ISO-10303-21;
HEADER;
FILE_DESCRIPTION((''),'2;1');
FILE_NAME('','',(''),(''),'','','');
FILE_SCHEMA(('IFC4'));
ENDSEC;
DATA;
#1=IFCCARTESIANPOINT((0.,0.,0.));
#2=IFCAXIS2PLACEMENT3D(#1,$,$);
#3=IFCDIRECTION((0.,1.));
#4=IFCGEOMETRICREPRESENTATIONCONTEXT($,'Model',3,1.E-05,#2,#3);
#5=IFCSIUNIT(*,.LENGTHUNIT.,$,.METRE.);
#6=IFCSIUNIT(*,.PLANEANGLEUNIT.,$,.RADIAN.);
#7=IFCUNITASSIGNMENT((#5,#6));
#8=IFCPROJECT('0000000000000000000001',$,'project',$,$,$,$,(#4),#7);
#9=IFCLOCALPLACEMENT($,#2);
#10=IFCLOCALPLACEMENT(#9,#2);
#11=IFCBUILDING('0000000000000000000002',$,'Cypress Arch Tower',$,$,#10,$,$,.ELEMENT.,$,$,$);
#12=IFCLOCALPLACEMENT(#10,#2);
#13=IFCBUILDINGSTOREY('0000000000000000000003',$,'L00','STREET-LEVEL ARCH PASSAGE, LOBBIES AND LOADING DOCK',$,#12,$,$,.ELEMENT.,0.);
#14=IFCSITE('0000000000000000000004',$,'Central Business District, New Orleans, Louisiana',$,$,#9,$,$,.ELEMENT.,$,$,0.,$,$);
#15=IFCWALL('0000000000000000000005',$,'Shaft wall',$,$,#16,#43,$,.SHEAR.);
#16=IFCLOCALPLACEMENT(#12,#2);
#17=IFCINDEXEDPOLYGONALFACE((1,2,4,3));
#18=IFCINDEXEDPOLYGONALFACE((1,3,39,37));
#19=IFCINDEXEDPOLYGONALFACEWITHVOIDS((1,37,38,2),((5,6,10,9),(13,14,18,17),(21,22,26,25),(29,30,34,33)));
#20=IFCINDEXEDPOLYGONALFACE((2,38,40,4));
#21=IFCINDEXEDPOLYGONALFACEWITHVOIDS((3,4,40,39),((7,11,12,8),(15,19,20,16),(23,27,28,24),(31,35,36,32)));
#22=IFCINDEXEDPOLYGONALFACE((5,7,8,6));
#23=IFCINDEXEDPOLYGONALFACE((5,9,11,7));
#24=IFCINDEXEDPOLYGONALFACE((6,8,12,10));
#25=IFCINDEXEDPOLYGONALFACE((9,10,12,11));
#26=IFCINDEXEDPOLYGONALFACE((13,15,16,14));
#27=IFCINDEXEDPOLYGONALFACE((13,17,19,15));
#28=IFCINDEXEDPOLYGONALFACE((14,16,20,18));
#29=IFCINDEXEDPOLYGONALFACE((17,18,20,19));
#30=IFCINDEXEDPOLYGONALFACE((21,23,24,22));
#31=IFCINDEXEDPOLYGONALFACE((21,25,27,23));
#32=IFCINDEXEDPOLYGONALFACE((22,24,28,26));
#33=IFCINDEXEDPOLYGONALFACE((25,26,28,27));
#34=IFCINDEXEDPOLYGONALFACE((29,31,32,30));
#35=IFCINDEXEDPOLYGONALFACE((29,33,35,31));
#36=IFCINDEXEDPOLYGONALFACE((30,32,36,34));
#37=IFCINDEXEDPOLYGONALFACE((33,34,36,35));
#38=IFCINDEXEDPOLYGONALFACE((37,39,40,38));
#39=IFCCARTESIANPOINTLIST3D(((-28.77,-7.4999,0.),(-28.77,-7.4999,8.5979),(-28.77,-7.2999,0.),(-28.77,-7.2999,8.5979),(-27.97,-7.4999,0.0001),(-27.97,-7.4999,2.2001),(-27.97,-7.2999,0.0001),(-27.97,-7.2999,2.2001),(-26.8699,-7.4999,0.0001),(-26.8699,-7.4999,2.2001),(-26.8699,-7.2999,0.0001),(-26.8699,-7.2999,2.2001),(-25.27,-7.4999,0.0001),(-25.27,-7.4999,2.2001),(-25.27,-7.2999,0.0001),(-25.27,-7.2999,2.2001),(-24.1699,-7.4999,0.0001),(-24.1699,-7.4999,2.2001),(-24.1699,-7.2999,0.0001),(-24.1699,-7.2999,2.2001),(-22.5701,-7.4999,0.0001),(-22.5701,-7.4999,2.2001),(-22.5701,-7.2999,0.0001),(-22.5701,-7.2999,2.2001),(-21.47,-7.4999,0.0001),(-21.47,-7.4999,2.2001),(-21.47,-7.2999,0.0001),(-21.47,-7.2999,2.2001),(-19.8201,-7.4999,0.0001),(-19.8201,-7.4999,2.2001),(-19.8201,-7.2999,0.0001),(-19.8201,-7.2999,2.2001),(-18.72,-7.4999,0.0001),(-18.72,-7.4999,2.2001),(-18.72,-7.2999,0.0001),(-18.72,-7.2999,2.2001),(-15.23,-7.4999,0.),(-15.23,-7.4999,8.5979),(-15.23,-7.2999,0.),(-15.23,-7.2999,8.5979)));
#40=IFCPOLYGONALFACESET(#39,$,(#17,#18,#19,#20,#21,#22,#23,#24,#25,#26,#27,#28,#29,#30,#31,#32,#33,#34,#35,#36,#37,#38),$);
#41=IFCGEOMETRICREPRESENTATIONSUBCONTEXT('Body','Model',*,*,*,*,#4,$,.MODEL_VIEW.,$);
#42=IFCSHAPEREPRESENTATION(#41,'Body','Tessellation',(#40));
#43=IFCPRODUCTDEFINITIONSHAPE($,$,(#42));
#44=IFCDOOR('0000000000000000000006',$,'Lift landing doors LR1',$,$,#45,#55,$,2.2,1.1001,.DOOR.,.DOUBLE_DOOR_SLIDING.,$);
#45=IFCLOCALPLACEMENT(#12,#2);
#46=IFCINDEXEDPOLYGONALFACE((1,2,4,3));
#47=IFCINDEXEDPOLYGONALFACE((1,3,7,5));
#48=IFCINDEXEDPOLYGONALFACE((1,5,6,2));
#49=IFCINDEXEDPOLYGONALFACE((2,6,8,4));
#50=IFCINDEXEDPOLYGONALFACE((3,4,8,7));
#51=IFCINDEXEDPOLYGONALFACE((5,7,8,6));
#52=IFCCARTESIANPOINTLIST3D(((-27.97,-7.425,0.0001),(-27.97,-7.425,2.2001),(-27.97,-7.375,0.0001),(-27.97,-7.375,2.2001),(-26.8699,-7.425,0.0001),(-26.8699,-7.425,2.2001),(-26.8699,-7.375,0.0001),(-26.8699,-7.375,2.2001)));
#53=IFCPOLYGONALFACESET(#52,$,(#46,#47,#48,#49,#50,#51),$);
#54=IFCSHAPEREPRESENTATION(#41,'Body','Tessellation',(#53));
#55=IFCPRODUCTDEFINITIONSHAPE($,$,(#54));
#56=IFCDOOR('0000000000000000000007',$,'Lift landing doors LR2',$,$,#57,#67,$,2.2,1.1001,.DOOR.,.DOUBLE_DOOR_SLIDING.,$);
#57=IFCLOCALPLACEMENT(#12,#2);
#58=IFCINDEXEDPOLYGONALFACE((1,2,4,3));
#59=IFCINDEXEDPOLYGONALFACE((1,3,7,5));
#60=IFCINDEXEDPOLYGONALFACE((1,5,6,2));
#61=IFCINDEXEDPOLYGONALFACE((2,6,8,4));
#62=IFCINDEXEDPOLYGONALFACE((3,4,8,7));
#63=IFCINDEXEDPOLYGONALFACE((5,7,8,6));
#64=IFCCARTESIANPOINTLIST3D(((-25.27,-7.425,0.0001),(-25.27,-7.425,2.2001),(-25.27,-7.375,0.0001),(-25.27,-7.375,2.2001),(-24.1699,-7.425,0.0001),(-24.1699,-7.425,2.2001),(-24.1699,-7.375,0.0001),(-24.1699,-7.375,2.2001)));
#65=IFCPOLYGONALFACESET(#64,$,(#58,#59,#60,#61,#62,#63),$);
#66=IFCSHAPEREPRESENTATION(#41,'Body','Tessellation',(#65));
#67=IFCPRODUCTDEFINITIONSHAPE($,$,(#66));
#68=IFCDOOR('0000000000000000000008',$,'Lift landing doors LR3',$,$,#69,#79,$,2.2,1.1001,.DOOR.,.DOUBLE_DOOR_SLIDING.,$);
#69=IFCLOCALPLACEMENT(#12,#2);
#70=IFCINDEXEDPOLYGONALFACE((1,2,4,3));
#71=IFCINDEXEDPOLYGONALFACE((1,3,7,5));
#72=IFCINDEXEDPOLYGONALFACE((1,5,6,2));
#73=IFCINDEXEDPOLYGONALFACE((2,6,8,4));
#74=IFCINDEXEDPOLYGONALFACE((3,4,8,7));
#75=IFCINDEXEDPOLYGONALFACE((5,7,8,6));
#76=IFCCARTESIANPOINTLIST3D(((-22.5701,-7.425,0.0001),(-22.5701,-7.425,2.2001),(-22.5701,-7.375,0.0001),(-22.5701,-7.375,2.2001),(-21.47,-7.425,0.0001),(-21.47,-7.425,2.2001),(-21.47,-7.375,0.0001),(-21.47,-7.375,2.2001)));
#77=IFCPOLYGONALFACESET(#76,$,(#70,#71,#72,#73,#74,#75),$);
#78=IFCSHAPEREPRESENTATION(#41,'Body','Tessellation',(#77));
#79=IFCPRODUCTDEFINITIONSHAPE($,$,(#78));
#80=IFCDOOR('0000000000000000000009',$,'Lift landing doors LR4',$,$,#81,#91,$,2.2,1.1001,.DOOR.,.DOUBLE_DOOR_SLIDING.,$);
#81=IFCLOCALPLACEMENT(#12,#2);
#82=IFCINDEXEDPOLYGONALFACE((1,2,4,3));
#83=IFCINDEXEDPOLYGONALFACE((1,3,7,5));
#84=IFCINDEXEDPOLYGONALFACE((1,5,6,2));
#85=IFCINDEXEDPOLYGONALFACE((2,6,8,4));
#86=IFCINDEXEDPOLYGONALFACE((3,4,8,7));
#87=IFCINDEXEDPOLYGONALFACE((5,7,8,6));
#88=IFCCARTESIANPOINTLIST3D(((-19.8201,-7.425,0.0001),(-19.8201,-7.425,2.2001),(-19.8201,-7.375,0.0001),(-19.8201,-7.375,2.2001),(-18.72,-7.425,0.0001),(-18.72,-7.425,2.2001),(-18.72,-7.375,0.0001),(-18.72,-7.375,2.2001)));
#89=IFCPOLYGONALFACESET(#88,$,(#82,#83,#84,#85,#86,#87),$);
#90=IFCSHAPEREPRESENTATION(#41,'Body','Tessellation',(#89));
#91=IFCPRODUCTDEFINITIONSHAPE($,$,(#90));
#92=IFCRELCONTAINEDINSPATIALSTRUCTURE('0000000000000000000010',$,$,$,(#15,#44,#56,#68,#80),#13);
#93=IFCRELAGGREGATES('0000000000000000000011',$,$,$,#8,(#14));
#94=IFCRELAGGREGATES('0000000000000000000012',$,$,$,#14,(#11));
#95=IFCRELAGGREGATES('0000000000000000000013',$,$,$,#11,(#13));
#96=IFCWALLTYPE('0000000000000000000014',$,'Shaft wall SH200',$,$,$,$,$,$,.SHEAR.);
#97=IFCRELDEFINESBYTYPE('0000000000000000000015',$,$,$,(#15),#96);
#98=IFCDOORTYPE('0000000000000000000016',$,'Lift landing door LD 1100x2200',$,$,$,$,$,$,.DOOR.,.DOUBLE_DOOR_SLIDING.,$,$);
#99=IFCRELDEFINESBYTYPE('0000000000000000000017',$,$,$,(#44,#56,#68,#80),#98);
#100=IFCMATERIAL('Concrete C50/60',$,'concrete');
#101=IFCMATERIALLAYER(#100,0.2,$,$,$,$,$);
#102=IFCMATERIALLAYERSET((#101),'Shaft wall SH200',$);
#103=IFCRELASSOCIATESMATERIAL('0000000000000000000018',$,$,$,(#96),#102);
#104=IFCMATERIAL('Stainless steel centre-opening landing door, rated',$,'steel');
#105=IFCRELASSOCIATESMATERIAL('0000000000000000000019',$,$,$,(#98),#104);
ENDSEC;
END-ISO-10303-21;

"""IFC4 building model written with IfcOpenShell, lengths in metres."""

from ifc_helpers import new_model, si_unit, direction, frame, frame_2d, origin, place, context, subcontext, project, spatial, rectangle, extrude, material, layer, layer_set, type_object, element, fill, save


model = new_model("IFC4")

# Units and contexts
model_context = context("Model", 3, precision=1e-05, world=origin(), true_north=direction((0.0, 1.0)))
body_context = subcontext(model_context, "Body", "Model", "MODEL_VIEW")
ifc_project = project(units=[si_unit("LENGTHUNIT", "METRE"), si_unit("PLANEANGLEUNIT", "RADIAN")], contexts=[model_context])

# Site, building, storey
site_placement = place(None, origin())
site = spatial("IfcSite", under=ifc_project, at=site_placement, Name="Central Business District, New Orleans, Louisiana", CompositionType="ELEMENT", RefElevation=0.0)
building_placement = place(site_placement, origin())
building = spatial("IfcBuilding", under=site, at=building_placement, Name="Cypress Arch Tower", CompositionType="ELEMENT")
storey_placement = place(building_placement, origin())
storey = spatial("IfcBuildingStorey", under=building, at=storey_placement, Name="L00", Description="STREET-LEVEL ARCH PASSAGE, LOBBIES AND LOADING DOCK", CompositionType="ELEMENT", Elevation=0.0)

# Wall, openings, doors
ifc_material_1 = material(Name="Concrete C50/60", Category="concrete")
ifc_layer_1 = layer(ifc_material_1, 0.2)
ifc_layer_set_1 = layer_set([ifc_layer_1], Name="Shaft wall SH200")
wall_type_1 = type_object("IfcWallType", Name="Shaft wall SH200", PredefinedType="SHEAR", material=ifc_layer_set_1)
wall_1_placement = place(storey_placement, frame((-28.77, -7.3999, 0.0), z_axis=(0.0, 0.0, 1.0), x_axis=(1.0, 0.0, 0.0)))
wall_1 = element("IfcWall", 1, at=wall_1_placement, inside=storey, type_object=wall_type_1, Name="Shaft wall", PredefinedType="SHEAR", context=body_context, shape_type="SweptSolid", body=[
    extrude(rectangle(XDim=13.54, YDim=0.2, at=frame_2d((6.77, 0.0))), origin(), (0.0, 0.0, 1.0), 8.5979),
])
opening_1_placement = place(wall_1_placement, frame((0.8, 0.0, 0.0)))
opening_1 = element("IfcOpeningElement", 2, at=opening_1_placement, cuts=wall_1, PredefinedType="OPENING", context=body_context, shape_type="SweptSolid", body=[
    extrude(rectangle(XDim=1.1001, YDim=2.2, at=frame_2d((0.55, 1.1001))), frame((0.0, 0.1099, 0.0), z_axis=(0.0, -1.0, 0.0), x_axis=(1.0, 0.0, 0.0)), (0.0, 0.0, 1.0), 0.22),
])
opening_2_placement = place(wall_1_placement, frame((3.5, 0.0, 0.0)))
opening_2 = element("IfcOpeningElement", 3, at=opening_2_placement, cuts=wall_1, PredefinedType="OPENING", context=body_context, shape_type="SweptSolid", body=[
    extrude(rectangle(XDim=1.1001, YDim=2.2, at=frame_2d((0.55, 1.1001))), frame((0.0, 0.1099, 0.0), z_axis=(0.0, -1.0, 0.0), x_axis=(1.0, 0.0, 0.0)), (0.0, 0.0, 1.0), 0.22),
])
opening_3_placement = place(wall_1_placement, frame((6.2, 0.0, 0.0)))
opening_3 = element("IfcOpeningElement", 4, at=opening_3_placement, cuts=wall_1, PredefinedType="OPENING", context=body_context, shape_type="SweptSolid", body=[
    extrude(rectangle(XDim=1.1001, YDim=2.2, at=frame_2d((0.55, 1.1001))), frame((0.0, 0.1099, 0.0), z_axis=(0.0, -1.0, 0.0), x_axis=(1.0, 0.0, 0.0)), (0.0, 0.0, 1.0), 0.22),
])
opening_4_placement = place(wall_1_placement, frame((8.95, 0.0, 0.0)))
opening_4 = element("IfcOpeningElement", 5, at=opening_4_placement, cuts=wall_1, PredefinedType="OPENING", context=body_context, shape_type="SweptSolid", body=[
    extrude(rectangle(XDim=1.1001, YDim=2.2, at=frame_2d((0.55, 1.1001))), frame((0.0, 0.1099, 0.0), z_axis=(0.0, -1.0, 0.0), x_axis=(1.0, 0.0, 0.0)), (0.0, 0.0, 1.0), 0.22),
])
ifc_material_2 = material(Name="Stainless steel centre-opening landing door, rated", Category="steel")
door_type = type_object("IfcDoorType", Name="Lift landing door LD 1100x2200", OperationType="DOUBLE_DOOR_SLIDING", PredefinedType="DOOR", material=ifc_material_2)
door_1_placement = place(opening_1_placement, origin())
door_1 = element("IfcDoor", 6, at=door_1_placement, inside=storey, type_object=door_type, Name="Lift landing doors LR1", OperationType="DOUBLE_DOOR_SLIDING", OverallHeight=2.2, OverallWidth=1.1001, PredefinedType="DOOR", context=body_context, shape_type="SweptSolid", body=[
    extrude(rectangle(XDim=1.1001, YDim=2.2, at=frame_2d((0.55, 1.1001))), frame((0.0, 0.0249, 0.0), z_axis=(0.0, -1.0, 0.0), x_axis=(1.0, 0.0, 0.0)), (0.0, 0.0, 1.0), 0.05),
])
fill(opening_1, door_1)
door_2_placement = place(opening_2_placement, origin())
door_2 = element("IfcDoor", 7, at=door_2_placement, inside=storey, type_object=door_type, Name="Lift landing doors LR2", OperationType="DOUBLE_DOOR_SLIDING", OverallHeight=2.2, OverallWidth=1.1001, PredefinedType="DOOR", context=body_context, shape_type="SweptSolid", body=[
    extrude(rectangle(XDim=1.1001, YDim=2.2, at=frame_2d((0.55, 1.1001))), frame((0.0, 0.0249, 0.0), z_axis=(0.0, -1.0, 0.0), x_axis=(1.0, 0.0, 0.0)), (0.0, 0.0, 1.0), 0.05),
])
fill(opening_2, door_2)
door_3_placement = place(opening_3_placement, origin())
door_3 = element("IfcDoor", 8, at=door_3_placement, inside=storey, type_object=door_type, Name="Lift landing doors LR3", OperationType="DOUBLE_DOOR_SLIDING", OverallHeight=2.2, OverallWidth=1.1001, PredefinedType="DOOR", context=body_context, shape_type="SweptSolid", body=[
    extrude(rectangle(XDim=1.1001, YDim=2.2, at=frame_2d((0.55, 1.1001))), frame((0.0, 0.0249, 0.0), z_axis=(0.0, -1.0, 0.0), x_axis=(1.0, 0.0, 0.0)), (0.0, 0.0, 1.0), 0.05),
])
fill(opening_3, door_3)
door_4_placement = place(opening_4_placement, origin())
door_4 = element("IfcDoor", 9, at=door_4_placement, inside=storey, type_object=door_type, Name="Lift landing doors LR4", OperationType="DOUBLE_DOOR_SLIDING", OverallHeight=2.2, OverallWidth=1.1001, PredefinedType="DOOR", context=body_context, shape_type="SweptSolid", body=[
    extrude(rectangle(XDim=1.1001, YDim=2.2, at=frame_2d((0.55, 1.1001))), frame((0.0, 0.0249, 0.0), z_axis=(0.0, -1.0, 0.0), x_axis=(1.0, 0.0, 0.0)), (0.0, 0.0, 1.0), 0.05),
])
fill(opening_4, door_4)

save(model, "model.ifc")
